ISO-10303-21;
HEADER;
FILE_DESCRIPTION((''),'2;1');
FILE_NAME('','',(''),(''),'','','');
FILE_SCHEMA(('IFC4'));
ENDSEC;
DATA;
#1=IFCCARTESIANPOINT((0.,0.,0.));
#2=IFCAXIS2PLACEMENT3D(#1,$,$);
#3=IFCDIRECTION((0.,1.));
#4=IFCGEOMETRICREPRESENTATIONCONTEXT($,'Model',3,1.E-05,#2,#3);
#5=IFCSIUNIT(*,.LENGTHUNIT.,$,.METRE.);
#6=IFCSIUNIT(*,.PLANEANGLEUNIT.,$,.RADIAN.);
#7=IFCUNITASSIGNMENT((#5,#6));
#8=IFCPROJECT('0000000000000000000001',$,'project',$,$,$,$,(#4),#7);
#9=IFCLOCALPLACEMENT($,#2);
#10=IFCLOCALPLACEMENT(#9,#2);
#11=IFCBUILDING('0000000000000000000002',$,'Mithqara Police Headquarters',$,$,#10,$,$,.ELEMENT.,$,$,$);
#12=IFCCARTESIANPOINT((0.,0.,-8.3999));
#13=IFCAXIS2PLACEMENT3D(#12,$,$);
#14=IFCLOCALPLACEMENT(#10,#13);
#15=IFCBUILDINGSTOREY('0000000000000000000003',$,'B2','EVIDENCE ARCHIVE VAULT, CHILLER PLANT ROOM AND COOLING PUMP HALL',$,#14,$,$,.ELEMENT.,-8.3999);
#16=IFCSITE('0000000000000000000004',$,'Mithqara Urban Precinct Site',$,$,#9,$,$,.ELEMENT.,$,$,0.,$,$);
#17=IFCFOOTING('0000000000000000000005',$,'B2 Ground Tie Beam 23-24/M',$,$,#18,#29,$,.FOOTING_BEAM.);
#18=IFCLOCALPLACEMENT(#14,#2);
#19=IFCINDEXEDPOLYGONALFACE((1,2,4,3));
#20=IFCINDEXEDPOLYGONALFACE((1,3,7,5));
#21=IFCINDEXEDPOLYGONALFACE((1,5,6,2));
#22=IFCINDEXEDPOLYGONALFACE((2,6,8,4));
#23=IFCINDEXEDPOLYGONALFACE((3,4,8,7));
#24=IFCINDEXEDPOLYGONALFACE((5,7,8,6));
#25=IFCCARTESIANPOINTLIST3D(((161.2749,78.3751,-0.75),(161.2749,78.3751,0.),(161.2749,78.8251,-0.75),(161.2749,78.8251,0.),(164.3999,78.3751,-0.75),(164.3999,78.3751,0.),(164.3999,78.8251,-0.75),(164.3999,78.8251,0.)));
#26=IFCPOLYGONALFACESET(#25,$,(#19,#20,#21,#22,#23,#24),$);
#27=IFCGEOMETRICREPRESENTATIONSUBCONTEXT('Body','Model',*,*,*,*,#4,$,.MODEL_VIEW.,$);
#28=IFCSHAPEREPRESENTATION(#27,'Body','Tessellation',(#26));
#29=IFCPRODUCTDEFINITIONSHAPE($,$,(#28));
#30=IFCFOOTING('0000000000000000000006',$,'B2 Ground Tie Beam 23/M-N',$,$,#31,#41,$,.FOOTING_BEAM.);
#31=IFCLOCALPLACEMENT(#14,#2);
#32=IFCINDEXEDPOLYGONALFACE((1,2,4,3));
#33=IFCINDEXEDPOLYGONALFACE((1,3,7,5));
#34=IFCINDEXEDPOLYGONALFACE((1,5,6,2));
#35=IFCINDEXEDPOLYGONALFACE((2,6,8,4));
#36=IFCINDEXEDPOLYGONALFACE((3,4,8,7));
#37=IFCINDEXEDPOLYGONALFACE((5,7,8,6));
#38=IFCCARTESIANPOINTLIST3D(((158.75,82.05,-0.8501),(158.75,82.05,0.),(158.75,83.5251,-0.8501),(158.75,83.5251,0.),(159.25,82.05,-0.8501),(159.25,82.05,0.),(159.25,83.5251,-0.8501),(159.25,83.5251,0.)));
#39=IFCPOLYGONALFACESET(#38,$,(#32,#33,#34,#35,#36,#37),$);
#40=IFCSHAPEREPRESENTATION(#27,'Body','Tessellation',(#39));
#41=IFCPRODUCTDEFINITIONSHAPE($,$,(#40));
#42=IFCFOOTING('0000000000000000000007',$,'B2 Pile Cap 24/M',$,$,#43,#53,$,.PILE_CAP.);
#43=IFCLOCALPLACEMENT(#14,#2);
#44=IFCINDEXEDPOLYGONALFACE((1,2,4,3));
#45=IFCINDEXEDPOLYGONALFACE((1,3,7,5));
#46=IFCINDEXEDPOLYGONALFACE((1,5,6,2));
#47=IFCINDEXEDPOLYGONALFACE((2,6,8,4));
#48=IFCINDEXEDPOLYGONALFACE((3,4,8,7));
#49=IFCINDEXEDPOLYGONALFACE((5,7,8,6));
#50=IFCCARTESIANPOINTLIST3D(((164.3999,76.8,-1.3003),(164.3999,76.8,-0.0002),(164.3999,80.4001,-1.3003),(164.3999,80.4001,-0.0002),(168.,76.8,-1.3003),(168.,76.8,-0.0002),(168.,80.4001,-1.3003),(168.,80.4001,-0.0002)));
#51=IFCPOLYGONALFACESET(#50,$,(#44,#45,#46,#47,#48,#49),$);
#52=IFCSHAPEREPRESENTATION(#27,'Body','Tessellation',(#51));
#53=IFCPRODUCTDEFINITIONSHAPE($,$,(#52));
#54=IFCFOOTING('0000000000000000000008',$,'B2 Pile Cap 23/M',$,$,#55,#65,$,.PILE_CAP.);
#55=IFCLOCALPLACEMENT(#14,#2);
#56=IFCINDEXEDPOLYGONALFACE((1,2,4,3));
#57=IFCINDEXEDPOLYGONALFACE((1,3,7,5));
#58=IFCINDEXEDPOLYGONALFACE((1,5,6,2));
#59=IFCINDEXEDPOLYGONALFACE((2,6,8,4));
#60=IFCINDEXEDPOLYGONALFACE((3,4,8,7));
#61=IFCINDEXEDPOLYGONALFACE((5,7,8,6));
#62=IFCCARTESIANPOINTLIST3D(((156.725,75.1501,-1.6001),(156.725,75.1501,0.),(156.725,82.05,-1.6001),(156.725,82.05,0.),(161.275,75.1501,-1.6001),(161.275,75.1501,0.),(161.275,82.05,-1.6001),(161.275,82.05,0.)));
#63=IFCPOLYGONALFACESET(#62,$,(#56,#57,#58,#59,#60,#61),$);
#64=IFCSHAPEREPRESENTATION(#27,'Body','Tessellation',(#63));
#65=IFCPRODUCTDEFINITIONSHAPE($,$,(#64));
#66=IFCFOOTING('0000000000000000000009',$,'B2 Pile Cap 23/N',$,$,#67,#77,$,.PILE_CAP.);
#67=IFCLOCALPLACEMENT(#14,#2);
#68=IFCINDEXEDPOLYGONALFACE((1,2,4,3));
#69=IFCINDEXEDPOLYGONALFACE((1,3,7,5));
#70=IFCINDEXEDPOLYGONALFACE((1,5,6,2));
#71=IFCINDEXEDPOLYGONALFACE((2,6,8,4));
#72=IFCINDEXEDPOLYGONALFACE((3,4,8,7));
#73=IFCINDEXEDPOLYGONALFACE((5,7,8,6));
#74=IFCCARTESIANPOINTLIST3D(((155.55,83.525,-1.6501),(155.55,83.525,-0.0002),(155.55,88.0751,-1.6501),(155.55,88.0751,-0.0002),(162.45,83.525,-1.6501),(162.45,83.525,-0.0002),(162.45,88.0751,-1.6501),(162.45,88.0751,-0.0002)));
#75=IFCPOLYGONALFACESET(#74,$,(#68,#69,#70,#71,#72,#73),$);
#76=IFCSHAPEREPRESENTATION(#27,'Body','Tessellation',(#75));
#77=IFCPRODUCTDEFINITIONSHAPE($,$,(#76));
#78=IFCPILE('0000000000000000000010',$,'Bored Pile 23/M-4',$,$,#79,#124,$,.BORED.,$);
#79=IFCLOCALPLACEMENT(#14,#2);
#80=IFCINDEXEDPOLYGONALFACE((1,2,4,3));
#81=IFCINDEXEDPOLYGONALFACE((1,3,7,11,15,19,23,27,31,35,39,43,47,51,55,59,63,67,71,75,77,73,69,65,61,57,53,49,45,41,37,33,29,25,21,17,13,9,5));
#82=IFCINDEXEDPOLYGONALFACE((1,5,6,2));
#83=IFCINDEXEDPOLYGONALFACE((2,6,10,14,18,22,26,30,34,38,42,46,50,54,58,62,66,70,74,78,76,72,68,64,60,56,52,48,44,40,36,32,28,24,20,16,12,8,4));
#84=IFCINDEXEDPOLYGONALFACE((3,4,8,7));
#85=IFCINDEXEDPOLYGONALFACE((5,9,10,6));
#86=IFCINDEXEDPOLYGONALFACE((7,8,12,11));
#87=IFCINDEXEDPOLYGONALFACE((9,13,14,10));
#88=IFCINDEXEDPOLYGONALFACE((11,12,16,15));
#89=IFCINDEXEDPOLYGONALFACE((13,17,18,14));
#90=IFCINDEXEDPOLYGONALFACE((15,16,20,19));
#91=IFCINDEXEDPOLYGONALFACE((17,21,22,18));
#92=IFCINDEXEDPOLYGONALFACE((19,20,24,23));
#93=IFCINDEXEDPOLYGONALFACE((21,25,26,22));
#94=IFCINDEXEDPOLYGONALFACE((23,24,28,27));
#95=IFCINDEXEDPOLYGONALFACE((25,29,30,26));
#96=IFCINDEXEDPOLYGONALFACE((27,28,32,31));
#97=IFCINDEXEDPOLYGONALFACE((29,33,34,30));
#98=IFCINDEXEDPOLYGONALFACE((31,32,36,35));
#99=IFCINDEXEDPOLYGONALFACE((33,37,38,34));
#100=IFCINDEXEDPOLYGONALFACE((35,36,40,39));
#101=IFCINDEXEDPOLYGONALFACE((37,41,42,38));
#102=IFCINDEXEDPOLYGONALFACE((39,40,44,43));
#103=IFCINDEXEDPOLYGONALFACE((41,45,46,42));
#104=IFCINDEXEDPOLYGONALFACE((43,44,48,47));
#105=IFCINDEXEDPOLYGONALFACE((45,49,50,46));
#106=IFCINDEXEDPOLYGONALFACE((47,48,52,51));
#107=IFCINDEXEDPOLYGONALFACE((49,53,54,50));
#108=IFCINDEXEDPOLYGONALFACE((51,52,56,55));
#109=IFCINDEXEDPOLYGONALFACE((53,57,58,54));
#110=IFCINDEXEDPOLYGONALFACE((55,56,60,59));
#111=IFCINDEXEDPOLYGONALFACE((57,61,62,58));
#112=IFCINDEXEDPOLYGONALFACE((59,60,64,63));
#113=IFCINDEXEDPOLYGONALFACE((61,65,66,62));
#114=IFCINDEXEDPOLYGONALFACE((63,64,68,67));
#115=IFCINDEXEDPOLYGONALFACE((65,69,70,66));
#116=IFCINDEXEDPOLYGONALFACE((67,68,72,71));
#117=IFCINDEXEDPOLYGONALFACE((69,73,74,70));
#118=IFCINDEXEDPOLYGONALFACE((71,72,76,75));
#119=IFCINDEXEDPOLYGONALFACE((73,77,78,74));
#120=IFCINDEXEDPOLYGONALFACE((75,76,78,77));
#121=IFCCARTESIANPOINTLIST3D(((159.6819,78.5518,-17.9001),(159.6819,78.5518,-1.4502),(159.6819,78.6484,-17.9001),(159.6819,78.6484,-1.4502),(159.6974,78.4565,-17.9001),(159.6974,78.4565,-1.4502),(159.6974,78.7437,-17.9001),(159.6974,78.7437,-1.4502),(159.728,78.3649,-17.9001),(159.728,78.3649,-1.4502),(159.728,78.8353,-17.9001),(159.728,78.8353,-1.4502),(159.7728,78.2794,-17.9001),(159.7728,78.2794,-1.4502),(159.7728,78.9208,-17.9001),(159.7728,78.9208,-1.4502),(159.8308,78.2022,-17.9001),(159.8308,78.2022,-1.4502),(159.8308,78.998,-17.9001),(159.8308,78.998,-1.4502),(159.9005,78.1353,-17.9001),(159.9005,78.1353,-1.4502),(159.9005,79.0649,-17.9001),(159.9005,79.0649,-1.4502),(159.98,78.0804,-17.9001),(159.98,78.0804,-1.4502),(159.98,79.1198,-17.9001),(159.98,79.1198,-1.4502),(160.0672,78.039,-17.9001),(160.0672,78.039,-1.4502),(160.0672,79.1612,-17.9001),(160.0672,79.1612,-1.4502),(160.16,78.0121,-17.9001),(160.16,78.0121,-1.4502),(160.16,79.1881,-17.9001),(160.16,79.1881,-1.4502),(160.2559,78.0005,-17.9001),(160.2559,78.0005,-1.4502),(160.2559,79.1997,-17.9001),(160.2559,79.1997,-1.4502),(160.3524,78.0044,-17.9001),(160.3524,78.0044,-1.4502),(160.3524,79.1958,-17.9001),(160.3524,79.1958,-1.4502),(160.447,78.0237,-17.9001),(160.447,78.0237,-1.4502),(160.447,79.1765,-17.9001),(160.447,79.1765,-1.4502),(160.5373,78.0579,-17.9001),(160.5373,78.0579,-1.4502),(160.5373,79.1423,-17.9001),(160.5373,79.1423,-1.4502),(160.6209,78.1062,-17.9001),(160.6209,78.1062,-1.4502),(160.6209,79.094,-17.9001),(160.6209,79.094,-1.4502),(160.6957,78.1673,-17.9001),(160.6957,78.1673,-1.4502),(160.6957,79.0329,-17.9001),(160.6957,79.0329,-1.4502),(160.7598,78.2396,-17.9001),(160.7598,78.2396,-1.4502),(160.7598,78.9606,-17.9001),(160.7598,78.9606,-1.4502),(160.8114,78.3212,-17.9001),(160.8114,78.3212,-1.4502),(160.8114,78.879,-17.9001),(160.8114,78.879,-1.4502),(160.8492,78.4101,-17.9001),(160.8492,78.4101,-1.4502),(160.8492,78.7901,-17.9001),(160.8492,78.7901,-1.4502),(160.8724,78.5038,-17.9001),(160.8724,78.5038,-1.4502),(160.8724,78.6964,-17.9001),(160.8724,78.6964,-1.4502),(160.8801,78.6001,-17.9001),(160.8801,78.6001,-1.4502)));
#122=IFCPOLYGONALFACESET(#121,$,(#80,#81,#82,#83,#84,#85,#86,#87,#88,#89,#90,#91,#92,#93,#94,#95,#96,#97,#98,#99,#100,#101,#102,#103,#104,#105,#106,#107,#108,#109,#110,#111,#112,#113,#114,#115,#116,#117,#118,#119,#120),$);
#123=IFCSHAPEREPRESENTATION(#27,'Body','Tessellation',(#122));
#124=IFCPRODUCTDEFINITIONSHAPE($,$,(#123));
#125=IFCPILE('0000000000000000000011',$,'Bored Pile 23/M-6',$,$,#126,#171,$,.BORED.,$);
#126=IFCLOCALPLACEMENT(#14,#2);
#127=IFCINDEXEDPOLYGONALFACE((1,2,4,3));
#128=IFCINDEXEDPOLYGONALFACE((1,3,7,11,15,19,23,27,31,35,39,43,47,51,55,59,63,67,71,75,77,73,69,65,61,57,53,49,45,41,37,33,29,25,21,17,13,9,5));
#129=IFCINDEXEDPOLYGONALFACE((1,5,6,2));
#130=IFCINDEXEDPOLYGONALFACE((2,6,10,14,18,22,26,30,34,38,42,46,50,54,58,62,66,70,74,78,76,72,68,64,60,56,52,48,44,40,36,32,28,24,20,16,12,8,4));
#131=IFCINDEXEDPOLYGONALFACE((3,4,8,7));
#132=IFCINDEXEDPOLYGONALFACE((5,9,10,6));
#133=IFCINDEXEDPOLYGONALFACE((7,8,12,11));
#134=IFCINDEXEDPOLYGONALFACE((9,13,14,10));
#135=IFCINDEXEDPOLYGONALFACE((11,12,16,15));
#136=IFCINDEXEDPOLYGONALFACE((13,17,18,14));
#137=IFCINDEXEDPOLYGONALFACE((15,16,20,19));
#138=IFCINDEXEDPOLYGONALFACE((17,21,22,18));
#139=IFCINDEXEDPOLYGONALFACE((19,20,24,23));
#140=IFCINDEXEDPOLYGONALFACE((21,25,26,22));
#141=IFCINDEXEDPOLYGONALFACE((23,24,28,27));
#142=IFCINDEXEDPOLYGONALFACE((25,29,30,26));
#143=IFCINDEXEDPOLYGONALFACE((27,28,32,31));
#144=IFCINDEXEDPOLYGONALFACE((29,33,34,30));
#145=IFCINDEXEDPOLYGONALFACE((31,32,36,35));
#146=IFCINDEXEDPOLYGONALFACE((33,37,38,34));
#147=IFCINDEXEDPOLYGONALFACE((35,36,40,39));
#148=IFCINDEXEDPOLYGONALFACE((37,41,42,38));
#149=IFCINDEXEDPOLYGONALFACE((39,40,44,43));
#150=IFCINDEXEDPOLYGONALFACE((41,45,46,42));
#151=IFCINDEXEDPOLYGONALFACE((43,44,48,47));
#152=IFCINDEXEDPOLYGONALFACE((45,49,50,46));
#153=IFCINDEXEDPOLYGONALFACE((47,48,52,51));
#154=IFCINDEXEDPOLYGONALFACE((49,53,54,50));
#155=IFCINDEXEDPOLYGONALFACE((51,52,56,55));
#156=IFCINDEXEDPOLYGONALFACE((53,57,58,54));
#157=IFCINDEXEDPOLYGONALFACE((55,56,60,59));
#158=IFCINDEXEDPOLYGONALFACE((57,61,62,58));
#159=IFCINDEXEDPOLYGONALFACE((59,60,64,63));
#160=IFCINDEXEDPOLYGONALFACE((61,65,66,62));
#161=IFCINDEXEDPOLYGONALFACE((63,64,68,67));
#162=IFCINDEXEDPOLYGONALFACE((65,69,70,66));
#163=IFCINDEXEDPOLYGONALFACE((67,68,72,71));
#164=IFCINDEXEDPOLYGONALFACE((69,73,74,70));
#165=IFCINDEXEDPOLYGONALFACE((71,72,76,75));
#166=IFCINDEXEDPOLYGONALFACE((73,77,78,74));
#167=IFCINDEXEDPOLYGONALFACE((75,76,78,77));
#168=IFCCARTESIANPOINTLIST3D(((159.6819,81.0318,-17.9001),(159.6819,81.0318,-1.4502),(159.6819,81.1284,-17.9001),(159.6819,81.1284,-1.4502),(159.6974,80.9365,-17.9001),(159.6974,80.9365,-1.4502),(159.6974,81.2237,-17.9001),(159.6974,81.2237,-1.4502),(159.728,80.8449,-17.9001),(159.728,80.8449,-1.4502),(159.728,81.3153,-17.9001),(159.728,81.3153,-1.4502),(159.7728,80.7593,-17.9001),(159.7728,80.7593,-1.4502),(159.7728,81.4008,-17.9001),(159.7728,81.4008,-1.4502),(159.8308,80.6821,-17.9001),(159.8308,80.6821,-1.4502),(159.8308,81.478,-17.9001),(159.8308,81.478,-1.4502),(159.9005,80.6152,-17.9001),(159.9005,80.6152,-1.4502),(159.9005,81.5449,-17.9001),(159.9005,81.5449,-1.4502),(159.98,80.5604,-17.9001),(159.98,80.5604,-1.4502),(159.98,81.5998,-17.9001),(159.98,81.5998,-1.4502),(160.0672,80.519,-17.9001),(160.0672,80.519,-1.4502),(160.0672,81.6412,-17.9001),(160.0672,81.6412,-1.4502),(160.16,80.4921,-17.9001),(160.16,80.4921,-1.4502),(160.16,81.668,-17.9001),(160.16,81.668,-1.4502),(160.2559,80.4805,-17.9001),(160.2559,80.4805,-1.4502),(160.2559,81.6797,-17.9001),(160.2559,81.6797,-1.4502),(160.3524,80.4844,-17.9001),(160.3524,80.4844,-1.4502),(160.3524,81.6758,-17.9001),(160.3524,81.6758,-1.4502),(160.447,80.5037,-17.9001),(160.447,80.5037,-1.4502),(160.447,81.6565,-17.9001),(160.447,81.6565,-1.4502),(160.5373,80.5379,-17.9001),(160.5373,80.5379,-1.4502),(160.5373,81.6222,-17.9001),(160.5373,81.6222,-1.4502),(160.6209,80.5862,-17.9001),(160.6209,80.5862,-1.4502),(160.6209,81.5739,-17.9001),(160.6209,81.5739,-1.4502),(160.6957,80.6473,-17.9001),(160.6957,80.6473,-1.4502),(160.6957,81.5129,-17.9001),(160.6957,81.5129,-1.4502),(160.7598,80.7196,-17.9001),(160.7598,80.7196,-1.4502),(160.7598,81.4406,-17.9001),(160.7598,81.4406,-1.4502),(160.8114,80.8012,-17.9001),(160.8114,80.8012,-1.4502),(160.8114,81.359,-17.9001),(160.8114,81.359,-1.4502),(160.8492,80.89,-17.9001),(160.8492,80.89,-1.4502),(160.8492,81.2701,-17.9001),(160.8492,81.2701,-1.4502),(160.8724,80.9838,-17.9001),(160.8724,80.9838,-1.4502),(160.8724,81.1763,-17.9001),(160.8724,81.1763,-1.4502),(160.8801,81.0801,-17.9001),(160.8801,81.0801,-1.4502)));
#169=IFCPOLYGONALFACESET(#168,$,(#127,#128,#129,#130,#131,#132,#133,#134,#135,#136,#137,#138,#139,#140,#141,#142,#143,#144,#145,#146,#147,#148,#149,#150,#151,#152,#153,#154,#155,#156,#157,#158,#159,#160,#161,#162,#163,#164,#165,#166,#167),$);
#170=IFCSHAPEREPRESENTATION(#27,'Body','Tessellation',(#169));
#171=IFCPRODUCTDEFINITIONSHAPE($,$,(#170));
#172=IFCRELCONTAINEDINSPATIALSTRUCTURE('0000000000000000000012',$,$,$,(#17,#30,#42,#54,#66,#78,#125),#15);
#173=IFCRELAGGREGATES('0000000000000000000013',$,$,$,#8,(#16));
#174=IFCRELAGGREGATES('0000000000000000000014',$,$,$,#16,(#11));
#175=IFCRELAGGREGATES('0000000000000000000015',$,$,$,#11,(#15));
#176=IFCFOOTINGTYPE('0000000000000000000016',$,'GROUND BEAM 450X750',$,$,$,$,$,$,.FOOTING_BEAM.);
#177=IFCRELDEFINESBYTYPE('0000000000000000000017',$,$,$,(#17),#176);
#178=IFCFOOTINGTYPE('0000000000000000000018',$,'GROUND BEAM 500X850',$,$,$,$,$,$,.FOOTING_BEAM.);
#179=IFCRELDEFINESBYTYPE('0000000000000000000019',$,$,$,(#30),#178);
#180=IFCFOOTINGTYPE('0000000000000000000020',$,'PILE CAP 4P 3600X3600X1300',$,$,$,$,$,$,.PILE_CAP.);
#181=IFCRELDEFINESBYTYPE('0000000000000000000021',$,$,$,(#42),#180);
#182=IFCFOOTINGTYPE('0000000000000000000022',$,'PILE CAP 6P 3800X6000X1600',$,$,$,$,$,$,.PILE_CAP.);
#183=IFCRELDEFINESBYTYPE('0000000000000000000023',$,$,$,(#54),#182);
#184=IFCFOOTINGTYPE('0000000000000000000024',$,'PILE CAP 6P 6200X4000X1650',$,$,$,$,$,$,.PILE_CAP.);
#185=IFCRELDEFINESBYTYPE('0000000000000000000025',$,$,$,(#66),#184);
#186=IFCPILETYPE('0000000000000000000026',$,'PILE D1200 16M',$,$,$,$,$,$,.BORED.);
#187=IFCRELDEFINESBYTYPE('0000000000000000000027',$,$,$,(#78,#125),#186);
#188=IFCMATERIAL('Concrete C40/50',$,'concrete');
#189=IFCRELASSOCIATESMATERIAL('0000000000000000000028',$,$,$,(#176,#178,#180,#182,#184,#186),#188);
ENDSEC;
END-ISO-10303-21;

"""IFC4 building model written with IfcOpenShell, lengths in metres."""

from ifc_helpers import new_model, si_unit, direction, frame, origin, origin_2d, place, context, subcontext, project, spatial, rectangle, circle, extrude, material, material_profile, profile_set, type_object, element, save


model = new_model("IFC4")

# Units and contexts
model_context = context("Model", 3, precision=1e-05, world=origin(), true_north=direction((0.0, 1.0)))
body_context = subcontext(model_context, "Body", "Model", "MODEL_VIEW")
ifc_project = project(units=[si_unit("LENGTHUNIT", "METRE"), si_unit("PLANEANGLEUNIT", "RADIAN")], contexts=[model_context])

# Site, building, storey
site_placement = place(None, origin())
site = spatial("IfcSite", under=ifc_project, at=site_placement, Name="Mithqara Urban Precinct Site", CompositionType="ELEMENT", RefElevation=0.0)
building_placement = place(site_placement, origin())
building = spatial("IfcBuilding", under=site, at=building_placement, Name="Mithqara Police Headquarters", CompositionType="ELEMENT")
storey_placement = place(building_placement, frame((0.0, 0.0, -8.3999)))
storey = spatial("IfcBuildingStorey", under=building, at=storey_placement, Name="B2", Description="EVIDENCE ARCHIVE VAULT, CHILLER PLANT ROOM AND COOLING PUMP HALL", CompositionType="ELEMENT", Elevation=-8.3999)

# Footings
ifc_material_1 = material(Name="Concrete C40/50", Category="concrete")
footing_type_1 = type_object("IfcFootingType", Name="GROUND BEAM 450X750", PredefinedType="FOOTING_BEAM", material=ifc_material_1)
footing_1_placement = place(storey_placement, frame((162.8374, 78.6001, -0.75), z_axis=(0.0, 0.0, 1.0), x_axis=(1.0, 0.0, 0.0)))
element("IfcFooting", 1, at=footing_1_placement, inside=storey, type_object=footing_type_1, Name="B2 Ground Tie Beam 23-24/M", PredefinedType="FOOTING_BEAM", context=body_context, shape_type="SweptSolid", body=[
    extrude(rectangle(XDim=3.125, YDim=0.45, at=origin_2d()), origin(), (0.0, 0.0, 1.0), 0.75),
])
footing_type_2 = type_object("IfcFootingType", Name="GROUND BEAM 500X850", PredefinedType="FOOTING_BEAM", material=ifc_material_1)
footing_2_placement = place(storey_placement, frame((159.0, 82.7876, -0.8501), z_axis=(0.0, 0.0, 1.0), x_axis=(1.0, 0.0, 0.0)))
element("IfcFooting", 2, at=footing_2_placement, inside=storey, type_object=footing_type_2, Name="B2 Ground Tie Beam 23/M-N", PredefinedType="FOOTING_BEAM", context=body_context, shape_type="SweptSolid", body=[
    extrude(rectangle(XDim=0.5, YDim=1.4751, at=origin_2d()), origin(), (0.0, 0.0, 1.0), 0.8501),
])
footing_type_3 = type_object("IfcFootingType", Name="PILE CAP 4P 3600X3600X1300", PredefinedType="PILE_CAP", material=ifc_material_1)
footing_3_placement = place(storey_placement, frame((166.2, 78.6001, -1.3003), z_axis=(0.0, 0.0, 1.0), x_axis=(1.0, 0.0, 0.0)))
element("IfcFooting", 3, at=footing_3_placement, inside=storey, type_object=footing_type_3, Name="B2 Pile Cap 24/M", PredefinedType="PILE_CAP", context=body_context, shape_type="SweptSolid", body=[
    extrude(rectangle(XDim=3.6001, YDim=3.6001, at=origin_2d()), origin(), (0.0, 0.0, 1.0), 1.3),
])
footing_type_4 = type_object("IfcFootingType", Name="PILE CAP 6P 3800X6000X1600", PredefinedType="PILE_CAP", material=ifc_material_1)
footing_4_placement = place(storey_placement, frame((159.0, 78.6001, -1.6001), z_axis=(0.0, 0.0, 1.0), x_axis=(1.0, 0.0, 0.0)))
element("IfcFooting", 4, at=footing_4_placement, inside=storey, type_object=footing_type_4, Name="B2 Pile Cap 23/M", PredefinedType="PILE_CAP", context=body_context, shape_type="SweptSolid", body=[
    extrude(rectangle(XDim=4.55, YDim=6.8999, at=origin_2d()), origin(), (0.0, 0.0, 1.0), 1.6001),
])
footing_type_5 = type_object("IfcFootingType", Name="PILE CAP 6P 6200X4000X1650", PredefinedType="PILE_CAP", material=ifc_material_1)
footing_5_placement = place(storey_placement, frame((159.0, 85.8, -1.6501), z_axis=(0.0, 0.0, 1.0), x_axis=(1.0, 0.0, 0.0)))
element("IfcFooting", 5, at=footing_5_placement, inside=storey, type_object=footing_type_5, Name="B2 Pile Cap 23/N", PredefinedType="PILE_CAP", context=body_context, shape_type="SweptSolid", body=[
    extrude(rectangle(XDim=6.8999, YDim=4.55, at=origin_2d()), origin(), (0.0, 0.0, 1.0), 1.6499),
])

# Piles
ifc_material_profile_1 = material_profile(ifc_material_1, circle(Radius=0.6001, at=origin_2d()), Name="PILE D1200")
ifc_profile_set_1 = profile_set([ifc_material_profile_1], Name="Concrete C40/50")
pile_type_1 = type_object("IfcPileType", Name="PILE D1200 16M", PredefinedType="BORED", material=ifc_profile_set_1)
for number, where, z_axis, x_axis, name in (
    (6, (160.28, 78.6001, -1.4502), (0.0, 0.0, -1.0), (1.0, 0.0, 0.0), "Bored Pile 23/M-4"),
    (7, (160.28, 81.0801, -1.4502), (0.0, 0.0, -1.0), (1.0, 0.0, 0.0), "Bored Pile 23/M-6"),
):
    element("IfcPile", number, at=place(storey_placement, frame(where, z_axis=z_axis, x_axis=x_axis)), inside=storey, type_object=pile_type_1, Name=name, PredefinedType="BORED", context=body_context, shape_type="SweptSolid", body=[
        extrude(circle(Radius=0.6001, at=origin_2d()), origin(), (0.0, 0.0, 1.0), 16.45),
    ])

save(model, "model.ifc")
